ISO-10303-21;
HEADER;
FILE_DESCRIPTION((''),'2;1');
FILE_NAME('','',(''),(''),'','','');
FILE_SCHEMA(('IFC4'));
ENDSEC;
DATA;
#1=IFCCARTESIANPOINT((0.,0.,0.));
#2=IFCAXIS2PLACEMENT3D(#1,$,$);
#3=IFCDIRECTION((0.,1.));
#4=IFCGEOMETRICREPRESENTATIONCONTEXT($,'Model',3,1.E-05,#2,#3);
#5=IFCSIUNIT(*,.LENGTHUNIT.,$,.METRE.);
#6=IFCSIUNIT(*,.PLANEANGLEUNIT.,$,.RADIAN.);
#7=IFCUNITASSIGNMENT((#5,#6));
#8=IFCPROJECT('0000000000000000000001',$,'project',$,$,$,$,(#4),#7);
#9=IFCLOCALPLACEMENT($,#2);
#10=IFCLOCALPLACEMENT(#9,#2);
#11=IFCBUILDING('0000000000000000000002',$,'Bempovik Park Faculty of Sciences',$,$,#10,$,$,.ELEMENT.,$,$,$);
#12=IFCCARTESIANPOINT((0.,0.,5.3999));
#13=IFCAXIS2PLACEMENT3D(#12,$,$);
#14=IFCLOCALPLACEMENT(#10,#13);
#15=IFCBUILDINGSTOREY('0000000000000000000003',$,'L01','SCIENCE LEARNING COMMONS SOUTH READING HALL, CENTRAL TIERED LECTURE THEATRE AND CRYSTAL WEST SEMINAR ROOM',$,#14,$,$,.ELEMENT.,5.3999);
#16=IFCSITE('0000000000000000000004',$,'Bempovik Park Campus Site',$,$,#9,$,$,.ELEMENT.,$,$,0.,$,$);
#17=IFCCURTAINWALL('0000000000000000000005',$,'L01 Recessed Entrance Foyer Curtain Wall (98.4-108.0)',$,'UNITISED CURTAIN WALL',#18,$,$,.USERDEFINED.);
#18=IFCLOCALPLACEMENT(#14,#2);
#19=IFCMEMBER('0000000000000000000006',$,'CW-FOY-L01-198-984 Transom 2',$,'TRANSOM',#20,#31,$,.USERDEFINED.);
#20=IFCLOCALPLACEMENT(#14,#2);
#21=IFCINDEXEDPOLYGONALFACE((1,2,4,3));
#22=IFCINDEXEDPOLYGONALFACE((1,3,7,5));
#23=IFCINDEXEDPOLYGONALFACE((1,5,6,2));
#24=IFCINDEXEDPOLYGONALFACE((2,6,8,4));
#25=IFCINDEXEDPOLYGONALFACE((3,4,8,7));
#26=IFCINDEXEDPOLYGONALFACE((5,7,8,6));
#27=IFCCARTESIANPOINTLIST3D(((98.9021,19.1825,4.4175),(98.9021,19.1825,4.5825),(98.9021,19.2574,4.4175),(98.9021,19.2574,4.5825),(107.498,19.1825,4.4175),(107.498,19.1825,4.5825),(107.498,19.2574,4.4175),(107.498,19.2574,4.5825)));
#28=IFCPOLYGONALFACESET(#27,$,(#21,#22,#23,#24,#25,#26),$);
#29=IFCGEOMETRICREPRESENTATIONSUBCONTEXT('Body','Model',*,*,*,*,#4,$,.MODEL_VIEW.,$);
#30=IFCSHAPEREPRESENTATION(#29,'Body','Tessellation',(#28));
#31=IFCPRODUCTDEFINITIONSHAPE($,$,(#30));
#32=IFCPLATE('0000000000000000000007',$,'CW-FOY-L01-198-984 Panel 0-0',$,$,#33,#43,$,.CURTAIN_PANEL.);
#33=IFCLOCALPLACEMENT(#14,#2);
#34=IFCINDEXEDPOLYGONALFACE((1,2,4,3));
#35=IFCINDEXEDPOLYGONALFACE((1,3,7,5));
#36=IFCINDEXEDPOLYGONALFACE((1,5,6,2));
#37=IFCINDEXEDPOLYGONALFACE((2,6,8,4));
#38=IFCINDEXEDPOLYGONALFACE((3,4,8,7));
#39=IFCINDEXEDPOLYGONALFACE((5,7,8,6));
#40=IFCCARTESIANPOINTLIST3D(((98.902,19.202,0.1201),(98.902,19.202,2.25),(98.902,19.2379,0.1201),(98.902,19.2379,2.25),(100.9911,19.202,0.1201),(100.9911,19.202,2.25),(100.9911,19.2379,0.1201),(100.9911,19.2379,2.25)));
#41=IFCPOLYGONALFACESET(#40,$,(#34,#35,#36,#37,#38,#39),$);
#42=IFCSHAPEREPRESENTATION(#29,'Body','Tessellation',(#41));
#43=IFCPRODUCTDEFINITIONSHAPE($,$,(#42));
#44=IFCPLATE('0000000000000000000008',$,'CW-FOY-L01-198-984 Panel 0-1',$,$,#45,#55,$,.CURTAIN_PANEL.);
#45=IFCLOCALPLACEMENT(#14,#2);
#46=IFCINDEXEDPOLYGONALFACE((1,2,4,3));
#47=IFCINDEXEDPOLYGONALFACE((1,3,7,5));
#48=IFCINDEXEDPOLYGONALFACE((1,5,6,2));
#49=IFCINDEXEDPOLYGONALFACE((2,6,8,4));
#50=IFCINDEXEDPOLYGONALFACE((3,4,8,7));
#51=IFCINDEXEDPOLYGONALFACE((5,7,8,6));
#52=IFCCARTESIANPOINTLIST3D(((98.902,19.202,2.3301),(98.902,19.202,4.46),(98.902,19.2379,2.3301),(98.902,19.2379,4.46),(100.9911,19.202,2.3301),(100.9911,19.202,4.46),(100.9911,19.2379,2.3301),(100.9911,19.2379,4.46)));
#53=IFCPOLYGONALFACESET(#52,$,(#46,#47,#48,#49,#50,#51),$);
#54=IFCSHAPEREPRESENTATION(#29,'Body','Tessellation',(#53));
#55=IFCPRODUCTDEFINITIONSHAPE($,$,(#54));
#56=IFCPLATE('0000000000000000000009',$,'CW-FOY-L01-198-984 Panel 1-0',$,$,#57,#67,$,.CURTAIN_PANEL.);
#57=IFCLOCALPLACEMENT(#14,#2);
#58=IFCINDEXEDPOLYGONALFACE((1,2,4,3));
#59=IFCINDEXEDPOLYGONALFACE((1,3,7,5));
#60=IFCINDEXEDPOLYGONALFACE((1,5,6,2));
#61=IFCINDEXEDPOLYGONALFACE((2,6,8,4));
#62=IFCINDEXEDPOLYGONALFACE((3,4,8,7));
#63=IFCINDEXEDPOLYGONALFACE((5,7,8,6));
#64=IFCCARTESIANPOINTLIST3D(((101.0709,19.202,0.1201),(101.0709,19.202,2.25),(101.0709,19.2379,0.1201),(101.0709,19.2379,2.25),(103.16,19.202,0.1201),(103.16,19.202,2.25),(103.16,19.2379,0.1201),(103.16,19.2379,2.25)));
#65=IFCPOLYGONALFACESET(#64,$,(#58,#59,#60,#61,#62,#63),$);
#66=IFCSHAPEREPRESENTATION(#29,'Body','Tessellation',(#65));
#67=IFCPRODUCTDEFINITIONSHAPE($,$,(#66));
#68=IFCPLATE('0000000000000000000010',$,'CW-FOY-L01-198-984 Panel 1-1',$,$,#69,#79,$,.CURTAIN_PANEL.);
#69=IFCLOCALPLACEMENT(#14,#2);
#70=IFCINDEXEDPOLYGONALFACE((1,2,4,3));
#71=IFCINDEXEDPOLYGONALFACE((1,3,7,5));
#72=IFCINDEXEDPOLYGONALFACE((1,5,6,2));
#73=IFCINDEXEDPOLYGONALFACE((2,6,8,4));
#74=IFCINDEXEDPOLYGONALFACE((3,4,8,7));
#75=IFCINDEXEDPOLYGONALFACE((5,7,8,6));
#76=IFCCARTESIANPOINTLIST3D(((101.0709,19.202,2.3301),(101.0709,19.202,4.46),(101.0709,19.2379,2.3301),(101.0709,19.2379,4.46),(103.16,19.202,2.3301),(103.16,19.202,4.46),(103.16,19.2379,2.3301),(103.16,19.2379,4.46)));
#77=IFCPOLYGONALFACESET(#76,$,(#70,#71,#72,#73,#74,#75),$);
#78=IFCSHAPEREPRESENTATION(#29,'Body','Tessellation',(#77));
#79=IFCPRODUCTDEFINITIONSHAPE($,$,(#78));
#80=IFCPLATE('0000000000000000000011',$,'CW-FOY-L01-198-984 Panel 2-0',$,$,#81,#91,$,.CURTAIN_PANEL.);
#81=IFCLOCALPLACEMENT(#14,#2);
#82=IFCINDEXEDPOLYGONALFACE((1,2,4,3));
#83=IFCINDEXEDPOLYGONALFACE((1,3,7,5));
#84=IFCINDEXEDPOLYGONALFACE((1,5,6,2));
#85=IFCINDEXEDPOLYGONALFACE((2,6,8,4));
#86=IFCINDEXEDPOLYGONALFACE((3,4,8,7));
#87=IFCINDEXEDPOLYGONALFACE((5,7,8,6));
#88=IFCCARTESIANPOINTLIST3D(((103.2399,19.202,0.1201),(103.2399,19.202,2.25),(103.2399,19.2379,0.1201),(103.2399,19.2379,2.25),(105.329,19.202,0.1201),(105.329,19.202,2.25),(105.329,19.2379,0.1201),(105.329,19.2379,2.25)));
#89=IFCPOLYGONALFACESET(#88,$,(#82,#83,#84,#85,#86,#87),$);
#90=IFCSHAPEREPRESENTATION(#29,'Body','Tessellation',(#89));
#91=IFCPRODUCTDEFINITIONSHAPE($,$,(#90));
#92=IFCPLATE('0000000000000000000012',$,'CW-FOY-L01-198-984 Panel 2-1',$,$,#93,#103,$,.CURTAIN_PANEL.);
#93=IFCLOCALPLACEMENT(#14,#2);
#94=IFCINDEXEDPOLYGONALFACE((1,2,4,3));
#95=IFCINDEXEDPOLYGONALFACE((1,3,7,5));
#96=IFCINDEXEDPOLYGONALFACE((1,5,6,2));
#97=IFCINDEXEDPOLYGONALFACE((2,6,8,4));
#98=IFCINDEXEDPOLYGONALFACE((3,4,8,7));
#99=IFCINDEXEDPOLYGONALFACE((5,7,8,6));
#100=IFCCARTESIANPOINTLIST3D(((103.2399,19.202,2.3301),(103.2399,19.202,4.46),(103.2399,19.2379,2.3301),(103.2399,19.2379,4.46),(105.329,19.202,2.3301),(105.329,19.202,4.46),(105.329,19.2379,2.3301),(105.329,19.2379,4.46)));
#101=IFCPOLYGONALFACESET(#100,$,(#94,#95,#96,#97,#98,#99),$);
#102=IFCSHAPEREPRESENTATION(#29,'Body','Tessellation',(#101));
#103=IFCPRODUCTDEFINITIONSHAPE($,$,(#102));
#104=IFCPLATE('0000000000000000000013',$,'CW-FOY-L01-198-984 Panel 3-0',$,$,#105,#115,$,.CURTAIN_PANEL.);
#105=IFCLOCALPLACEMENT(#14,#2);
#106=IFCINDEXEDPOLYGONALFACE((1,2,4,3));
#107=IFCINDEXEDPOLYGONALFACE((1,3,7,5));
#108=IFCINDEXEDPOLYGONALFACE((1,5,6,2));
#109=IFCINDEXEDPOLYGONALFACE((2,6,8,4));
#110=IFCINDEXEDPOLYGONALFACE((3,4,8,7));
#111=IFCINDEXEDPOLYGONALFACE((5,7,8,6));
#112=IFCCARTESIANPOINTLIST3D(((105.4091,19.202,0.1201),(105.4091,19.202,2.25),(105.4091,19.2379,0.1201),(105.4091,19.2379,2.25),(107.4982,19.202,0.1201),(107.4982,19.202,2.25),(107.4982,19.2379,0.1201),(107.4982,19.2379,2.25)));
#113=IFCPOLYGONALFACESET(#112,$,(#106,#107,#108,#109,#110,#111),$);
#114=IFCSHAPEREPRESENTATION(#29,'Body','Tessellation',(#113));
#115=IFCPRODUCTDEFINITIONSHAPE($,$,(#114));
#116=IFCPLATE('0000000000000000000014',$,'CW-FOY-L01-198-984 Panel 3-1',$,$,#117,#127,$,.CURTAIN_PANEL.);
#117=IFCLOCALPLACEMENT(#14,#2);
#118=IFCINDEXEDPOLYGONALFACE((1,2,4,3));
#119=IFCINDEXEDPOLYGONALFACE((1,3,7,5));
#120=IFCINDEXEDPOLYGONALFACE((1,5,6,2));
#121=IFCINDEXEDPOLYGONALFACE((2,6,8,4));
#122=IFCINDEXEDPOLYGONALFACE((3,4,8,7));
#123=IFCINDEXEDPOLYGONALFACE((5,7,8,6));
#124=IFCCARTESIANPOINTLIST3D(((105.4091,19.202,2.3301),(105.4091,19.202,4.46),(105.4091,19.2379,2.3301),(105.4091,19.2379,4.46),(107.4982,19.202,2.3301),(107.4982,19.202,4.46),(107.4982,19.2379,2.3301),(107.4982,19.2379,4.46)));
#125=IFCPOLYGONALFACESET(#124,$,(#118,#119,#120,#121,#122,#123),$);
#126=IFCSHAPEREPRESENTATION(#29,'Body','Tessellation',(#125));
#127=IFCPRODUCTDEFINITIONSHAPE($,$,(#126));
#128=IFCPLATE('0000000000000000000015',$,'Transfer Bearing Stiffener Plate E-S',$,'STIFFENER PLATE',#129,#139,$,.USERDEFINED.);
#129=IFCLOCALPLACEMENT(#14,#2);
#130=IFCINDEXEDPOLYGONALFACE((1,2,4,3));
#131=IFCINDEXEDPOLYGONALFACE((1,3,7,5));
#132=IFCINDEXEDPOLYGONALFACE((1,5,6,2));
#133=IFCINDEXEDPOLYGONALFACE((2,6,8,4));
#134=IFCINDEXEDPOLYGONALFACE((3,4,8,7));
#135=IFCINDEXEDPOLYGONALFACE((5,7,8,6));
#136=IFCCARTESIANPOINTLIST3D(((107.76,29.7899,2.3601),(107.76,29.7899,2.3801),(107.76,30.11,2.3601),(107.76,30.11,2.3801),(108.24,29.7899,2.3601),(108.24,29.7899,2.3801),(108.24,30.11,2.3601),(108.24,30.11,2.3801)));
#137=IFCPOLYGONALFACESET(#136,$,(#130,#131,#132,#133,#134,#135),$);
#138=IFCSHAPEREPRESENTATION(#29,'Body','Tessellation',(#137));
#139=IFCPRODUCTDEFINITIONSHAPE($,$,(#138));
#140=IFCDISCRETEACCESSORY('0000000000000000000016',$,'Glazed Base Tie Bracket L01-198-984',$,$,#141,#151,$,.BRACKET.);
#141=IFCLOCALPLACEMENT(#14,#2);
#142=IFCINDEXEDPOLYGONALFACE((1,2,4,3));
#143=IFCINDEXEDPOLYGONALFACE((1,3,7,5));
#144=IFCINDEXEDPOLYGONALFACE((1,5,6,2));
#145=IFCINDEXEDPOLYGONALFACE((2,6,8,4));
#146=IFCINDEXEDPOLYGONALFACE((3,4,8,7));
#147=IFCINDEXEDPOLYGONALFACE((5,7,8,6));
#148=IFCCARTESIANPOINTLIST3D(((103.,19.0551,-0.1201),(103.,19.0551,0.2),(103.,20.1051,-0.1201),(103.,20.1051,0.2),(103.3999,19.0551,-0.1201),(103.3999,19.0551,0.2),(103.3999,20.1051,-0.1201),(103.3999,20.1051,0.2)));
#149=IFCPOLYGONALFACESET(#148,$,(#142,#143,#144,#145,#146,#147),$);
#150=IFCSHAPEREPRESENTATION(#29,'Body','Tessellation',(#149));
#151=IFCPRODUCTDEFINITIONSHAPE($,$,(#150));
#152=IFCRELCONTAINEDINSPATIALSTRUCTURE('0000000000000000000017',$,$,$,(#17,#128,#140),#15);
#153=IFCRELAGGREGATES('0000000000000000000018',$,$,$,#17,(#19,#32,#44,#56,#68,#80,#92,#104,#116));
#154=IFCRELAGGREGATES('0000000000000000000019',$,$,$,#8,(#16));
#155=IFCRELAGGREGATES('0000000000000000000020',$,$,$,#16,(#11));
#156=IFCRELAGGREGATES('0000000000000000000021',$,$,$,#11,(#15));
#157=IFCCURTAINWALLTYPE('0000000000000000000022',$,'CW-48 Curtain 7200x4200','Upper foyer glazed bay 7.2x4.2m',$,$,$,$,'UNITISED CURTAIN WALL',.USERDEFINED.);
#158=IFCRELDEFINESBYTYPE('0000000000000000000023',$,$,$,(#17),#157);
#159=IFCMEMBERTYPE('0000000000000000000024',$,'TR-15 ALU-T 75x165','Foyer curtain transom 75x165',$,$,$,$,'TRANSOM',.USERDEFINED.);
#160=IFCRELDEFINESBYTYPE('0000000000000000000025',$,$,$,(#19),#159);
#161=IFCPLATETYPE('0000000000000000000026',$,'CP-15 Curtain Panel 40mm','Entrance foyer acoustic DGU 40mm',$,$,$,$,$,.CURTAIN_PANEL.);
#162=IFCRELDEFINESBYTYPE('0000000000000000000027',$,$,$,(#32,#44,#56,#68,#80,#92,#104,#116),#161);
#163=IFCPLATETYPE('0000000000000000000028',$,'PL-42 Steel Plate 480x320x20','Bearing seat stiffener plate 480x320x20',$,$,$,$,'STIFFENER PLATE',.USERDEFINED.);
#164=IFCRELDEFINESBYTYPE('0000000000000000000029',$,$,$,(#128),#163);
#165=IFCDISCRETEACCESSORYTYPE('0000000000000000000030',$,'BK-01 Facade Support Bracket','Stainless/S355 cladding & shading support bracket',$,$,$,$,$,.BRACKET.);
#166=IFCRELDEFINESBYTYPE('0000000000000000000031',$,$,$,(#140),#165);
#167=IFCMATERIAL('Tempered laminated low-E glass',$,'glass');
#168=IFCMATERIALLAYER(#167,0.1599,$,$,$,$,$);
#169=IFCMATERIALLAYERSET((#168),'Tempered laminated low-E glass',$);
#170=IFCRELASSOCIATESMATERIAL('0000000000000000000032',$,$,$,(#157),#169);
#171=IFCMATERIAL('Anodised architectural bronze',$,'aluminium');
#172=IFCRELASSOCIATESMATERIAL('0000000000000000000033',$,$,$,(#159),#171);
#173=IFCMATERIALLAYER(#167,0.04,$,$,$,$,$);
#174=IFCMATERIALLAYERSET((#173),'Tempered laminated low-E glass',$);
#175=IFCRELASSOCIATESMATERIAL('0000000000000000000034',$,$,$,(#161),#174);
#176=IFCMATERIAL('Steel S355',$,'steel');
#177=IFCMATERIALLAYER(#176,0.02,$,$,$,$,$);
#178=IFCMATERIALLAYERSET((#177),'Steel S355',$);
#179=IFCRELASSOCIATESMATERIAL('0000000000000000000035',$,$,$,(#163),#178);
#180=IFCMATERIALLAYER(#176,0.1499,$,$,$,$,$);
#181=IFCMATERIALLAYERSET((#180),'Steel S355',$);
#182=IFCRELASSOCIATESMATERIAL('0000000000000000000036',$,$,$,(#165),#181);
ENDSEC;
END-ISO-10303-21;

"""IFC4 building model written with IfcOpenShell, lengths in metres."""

from ifc_helpers import new_model, si_unit, direction, frame, origin, origin_2d, place, context, subcontext, project, spatial, rectangle, extrude, material, layer, layer_set, material_profile, profile_set, type_object, element, aggregate, save


model = new_model("IFC4")

# Units and contexts
model_context = context("Model", 3, precision=1e-05, world=origin(), true_north=direction((0.0, 1.0)))
body_context = subcontext(model_context, "Body", "Model", "MODEL_VIEW")
ifc_project = project(units=[si_unit("LENGTHUNIT", "METRE"), si_unit("PLANEANGLEUNIT", "RADIAN")], contexts=[model_context])

# Site, building, storey
site_placement = place(None, origin())
site = spatial("IfcSite", under=ifc_project, at=site_placement, Name="Bempovik Park Campus Site", CompositionType="ELEMENT", RefElevation=0.0)
building_placement = place(site_placement, origin())
building = spatial("IfcBuilding", under=site, at=building_placement, Name="Bempovik Park Faculty of Sciences", CompositionType="ELEMENT")
storey_placement = place(building_placement, frame((0.0, 0.0, 5.3999)))
storey = spatial("IfcBuildingStorey", under=building, at=storey_placement, Name="L01", Description="SCIENCE LEARNING COMMONS SOUTH READING HALL, CENTRAL TIERED LECTURE THEATRE AND CRYSTAL WEST SEMINAR ROOM", CompositionType="ELEMENT", Elevation=5.3999)

# Shared definitions
ifc_material_1 = material(Name="Steel S355", Category="steel")

# Curtain wall, member, plates
ifc_material_2 = material(Name="Tempered laminated low-E glass", Category="glass")
ifc_layer_1 = layer(ifc_material_2, 0.1599)
ifc_layer_set_1 = layer_set([ifc_layer_1], Name="Tempered laminated low-E glass")
curtain_wall_type = type_object("IfcCurtainWallType", Name="CW-48 Curtain 7200x4200", Description="Upper foyer glazed bay 7.2x4.2m", ElementType="UNITISED CURTAIN WALL", PredefinedType="USERDEFINED", material=ifc_layer_set_1)
curtain_wall_placement = place(storey_placement, origin())
curtain_wall = element("IfcCurtainWall", 1, at=curtain_wall_placement, inside=storey, type_object=curtain_wall_type, Name="L01 Recessed Entrance Foyer Curtain Wall (98.4-108.0)", ObjectType="UNITISED CURTAIN WALL", PredefinedType="USERDEFINED")
ifc_material_3 = material(Name="Anodised architectural bronze", Category="aluminium")
ifc_material_profile_1 = material_profile(ifc_material_3, rectangle(XDim=0.075, YDim=0.165, at=origin_2d()), Name="ALU-T 75x165")
ifc_profile_set_1 = profile_set([ifc_material_profile_1], Name="Anodised architectural bronze")
member_type_1 = type_object("IfcMemberType", Name="TR-15 ALU-T 75x165", Description="Foyer curtain transom 75x165", ElementType="TRANSOM", PredefinedType="USERDEFINED", material=ifc_profile_set_1)
member_1_placement = place(storey_placement, frame((98.9021, 19.22, 4.5), z_axis=(1.0, 0.0, 0.0), x_axis=(0.0, 1.0, 0.0)))
member_1 = element("IfcMember", 2, at=member_1_placement, type_object=member_type_1, Name="CW-FOY-L01-198-984 Transom 2", ObjectType="TRANSOM", PredefinedType="USERDEFINED", context=body_context, shape_type="SweptSolid", body=[
    extrude(rectangle(XDim=0.075, YDim=0.165, at=origin_2d()), origin(), (0.0, 0.0, 1.0), 8.5959),
])
ifc_layer_2 = layer(ifc_material_2, 0.04)
ifc_layer_set_2 = layer_set([ifc_layer_2], Name="Tempered laminated low-E glass")
plate_type_1 = type_object("IfcPlateType", Name="CP-15 Curtain Panel 40mm", Description="Entrance foyer acoustic DGU 40mm", PredefinedType="CURTAIN_PANEL", material=ifc_layer_set_2)
plate_1_placement = place(storey_placement, frame((99.9465, 19.22, 0.1201), z_axis=(0.0, 0.0, 1.0), x_axis=(1.0, 0.0, 0.0)))
plate_1 = element("IfcPlate", 3, at=plate_1_placement, type_object=plate_type_1, Name="CW-FOY-L01-198-984 Panel 0-0", PredefinedType="CURTAIN_PANEL", context=body_context, shape_type="SweptSolid", body=[
    extrude(rectangle(XDim=2.0891, YDim=0.0359, at=origin_2d()), origin(), (0.0, 0.0, 1.0), 2.1299),
])
plate_2_placement = place(storey_placement, frame((99.9465, 19.22, 2.3301), z_axis=(0.0, 0.0, 1.0), x_axis=(1.0, 0.0, 0.0)))
plate_2 = element("IfcPlate", 4, at=plate_2_placement, type_object=plate_type_1, Name="CW-FOY-L01-198-984 Panel 0-1", PredefinedType="CURTAIN_PANEL", context=body_context, shape_type="SweptSolid", body=[
    extrude(rectangle(XDim=2.0891, YDim=0.0359, at=origin_2d()), origin(), (0.0, 0.0, 1.0), 2.1299),
])
plate_3_placement = place(storey_placement, frame((102.1155, 19.22, 0.1201), z_axis=(0.0, 0.0, 1.0), x_axis=(1.0, 0.0, 0.0)))
plate_3 = element("IfcPlate", 5, at=plate_3_placement, type_object=plate_type_1, Name="CW-FOY-L01-198-984 Panel 1-0", PredefinedType="CURTAIN_PANEL", context=body_context, shape_type="SweptSolid", body=[
    extrude(rectangle(XDim=2.0891, YDim=0.0359, at=origin_2d()), origin(), (0.0, 0.0, 1.0), 2.1299),
])
plate_4_placement = place(storey_placement, frame((102.1155, 19.22, 2.3301), z_axis=(0.0, 0.0, 1.0), x_axis=(1.0, 0.0, 0.0)))
plate_4 = element("IfcPlate", 6, at=plate_4_placement, type_object=plate_type_1, Name="CW-FOY-L01-198-984 Panel 1-1", PredefinedType="CURTAIN_PANEL", context=body_context, shape_type="SweptSolid", body=[
    extrude(rectangle(XDim=2.0891, YDim=0.0359, at=origin_2d()), origin(), (0.0, 0.0, 1.0), 2.1299),
])
plate_5_placement = place(storey_placement, frame((104.2844, 19.22, 0.1201), z_axis=(0.0, 0.0, 1.0), x_axis=(1.0, 0.0, 0.0)))
plate_5 = element("IfcPlate", 7, at=plate_5_placement, type_object=plate_type_1, Name="CW-FOY-L01-198-984 Panel 2-0", PredefinedType="CURTAIN_PANEL", context=body_context, shape_type="SweptSolid", body=[
    extrude(rectangle(XDim=2.0891, YDim=0.0359, at=origin_2d()), origin(), (0.0, 0.0, 1.0), 2.1299),
])
plate_6_placement = place(storey_placement, frame((104.2844, 19.22, 2.3301), z_axis=(0.0, 0.0, 1.0), x_axis=(1.0, 0.0, 0.0)))
plate_6 = element("IfcPlate", 8, at=plate_6_placement, type_object=plate_type_1, Name="CW-FOY-L01-198-984 Panel 2-1", PredefinedType="CURTAIN_PANEL", context=body_context, shape_type="SweptSolid", body=[
    extrude(rectangle(XDim=2.0891, YDim=0.0359, at=origin_2d()), origin(), (0.0, 0.0, 1.0), 2.1299),
])
plate_7_placement = place(storey_placement, frame((106.4536, 19.22, 0.1201), z_axis=(0.0, 0.0, 1.0), x_axis=(1.0, 0.0, 0.0)))
plate_7 = element("IfcPlate", 9, at=plate_7_placement, type_object=plate_type_1, Name="CW-FOY-L01-198-984 Panel 3-0", PredefinedType="CURTAIN_PANEL", context=body_context, shape_type="SweptSolid", body=[
    extrude(rectangle(XDim=2.0891, YDim=0.0359, at=origin_2d()), origin(), (0.0, 0.0, 1.0), 2.1299),
])
plate_8_placement = place(storey_placement, frame((106.4536, 19.22, 2.3301), z_axis=(0.0, 0.0, 1.0), x_axis=(1.0, 0.0, 0.0)))
plate_8 = element("IfcPlate", 10, at=plate_8_placement, type_object=plate_type_1, Name="CW-FOY-L01-198-984 Panel 3-1", PredefinedType="CURTAIN_PANEL", context=body_context, shape_type="SweptSolid", body=[
    extrude(rectangle(XDim=2.0891, YDim=0.0359, at=origin_2d()), origin(), (0.0, 0.0, 1.0), 2.1299),
])
aggregate(curtain_wall, [member_1, plate_1, plate_2, plate_3, plate_4, plate_5, plate_6, plate_7, plate_8])

# Plate
ifc_layer_3 = layer(ifc_material_1, 0.02)
ifc_layer_set_3 = layer_set([ifc_layer_3], Name="Steel S355")
plate_type_2 = type_object("IfcPlateType", Name="PL-42 Steel Plate 480x320x20", Description="Bearing seat stiffener plate 480x320x20", ElementType="STIFFENER PLATE", PredefinedType="USERDEFINED", material=ifc_layer_set_3)
plate_9_placement = place(storey_placement, frame((108.0, 29.95, 2.3601), z_axis=(0.0, 0.0, 1.0), x_axis=(1.0, 0.0, 0.0)))
element("IfcPlate", 11, at=plate_9_placement, inside=storey, type_object=plate_type_2, Name="Transfer Bearing Stiffener Plate E-S", ObjectType="STIFFENER PLATE", PredefinedType="USERDEFINED", context=body_context, shape_type="SweptSolid", body=[
    extrude(rectangle(XDim=0.48, YDim=0.3201, at=origin_2d()), origin(), (0.0, 0.0, 1.0), 0.02),
])

# Discrete accessory
ifc_layer_4 = layer(ifc_material_1, 0.1499)
ifc_layer_set_4 = layer_set([ifc_layer_4], Name="Steel S355")
discrete_accessory_type = type_object("IfcDiscreteAccessoryType", Name="BK-01 Facade Support Bracket", Description="Stainless/S355 cladding & shading support bracket", PredefinedType="BRACKET", material=ifc_layer_set_4)
discrete_accessory_placement = place(storey_placement, frame((103.2, 19.5801, -0.1201), z_axis=(0.0, 0.0, 1.0), x_axis=(1.0, 0.0, 0.0)))
element("IfcDiscreteAccessory", 12, at=discrete_accessory_placement, inside=storey, type_object=discrete_accessory_type, Name="Glazed Base Tie Bracket L01-198-984", PredefinedType="BRACKET", context=body_context, shape_type="SweptSolid", body=[
    extrude(rectangle(XDim=0.3999, YDim=1.05, at=origin_2d()), origin(), (0.0, 0.0, 1.0), 0.3201),
])

save(model, "model.ifc")
